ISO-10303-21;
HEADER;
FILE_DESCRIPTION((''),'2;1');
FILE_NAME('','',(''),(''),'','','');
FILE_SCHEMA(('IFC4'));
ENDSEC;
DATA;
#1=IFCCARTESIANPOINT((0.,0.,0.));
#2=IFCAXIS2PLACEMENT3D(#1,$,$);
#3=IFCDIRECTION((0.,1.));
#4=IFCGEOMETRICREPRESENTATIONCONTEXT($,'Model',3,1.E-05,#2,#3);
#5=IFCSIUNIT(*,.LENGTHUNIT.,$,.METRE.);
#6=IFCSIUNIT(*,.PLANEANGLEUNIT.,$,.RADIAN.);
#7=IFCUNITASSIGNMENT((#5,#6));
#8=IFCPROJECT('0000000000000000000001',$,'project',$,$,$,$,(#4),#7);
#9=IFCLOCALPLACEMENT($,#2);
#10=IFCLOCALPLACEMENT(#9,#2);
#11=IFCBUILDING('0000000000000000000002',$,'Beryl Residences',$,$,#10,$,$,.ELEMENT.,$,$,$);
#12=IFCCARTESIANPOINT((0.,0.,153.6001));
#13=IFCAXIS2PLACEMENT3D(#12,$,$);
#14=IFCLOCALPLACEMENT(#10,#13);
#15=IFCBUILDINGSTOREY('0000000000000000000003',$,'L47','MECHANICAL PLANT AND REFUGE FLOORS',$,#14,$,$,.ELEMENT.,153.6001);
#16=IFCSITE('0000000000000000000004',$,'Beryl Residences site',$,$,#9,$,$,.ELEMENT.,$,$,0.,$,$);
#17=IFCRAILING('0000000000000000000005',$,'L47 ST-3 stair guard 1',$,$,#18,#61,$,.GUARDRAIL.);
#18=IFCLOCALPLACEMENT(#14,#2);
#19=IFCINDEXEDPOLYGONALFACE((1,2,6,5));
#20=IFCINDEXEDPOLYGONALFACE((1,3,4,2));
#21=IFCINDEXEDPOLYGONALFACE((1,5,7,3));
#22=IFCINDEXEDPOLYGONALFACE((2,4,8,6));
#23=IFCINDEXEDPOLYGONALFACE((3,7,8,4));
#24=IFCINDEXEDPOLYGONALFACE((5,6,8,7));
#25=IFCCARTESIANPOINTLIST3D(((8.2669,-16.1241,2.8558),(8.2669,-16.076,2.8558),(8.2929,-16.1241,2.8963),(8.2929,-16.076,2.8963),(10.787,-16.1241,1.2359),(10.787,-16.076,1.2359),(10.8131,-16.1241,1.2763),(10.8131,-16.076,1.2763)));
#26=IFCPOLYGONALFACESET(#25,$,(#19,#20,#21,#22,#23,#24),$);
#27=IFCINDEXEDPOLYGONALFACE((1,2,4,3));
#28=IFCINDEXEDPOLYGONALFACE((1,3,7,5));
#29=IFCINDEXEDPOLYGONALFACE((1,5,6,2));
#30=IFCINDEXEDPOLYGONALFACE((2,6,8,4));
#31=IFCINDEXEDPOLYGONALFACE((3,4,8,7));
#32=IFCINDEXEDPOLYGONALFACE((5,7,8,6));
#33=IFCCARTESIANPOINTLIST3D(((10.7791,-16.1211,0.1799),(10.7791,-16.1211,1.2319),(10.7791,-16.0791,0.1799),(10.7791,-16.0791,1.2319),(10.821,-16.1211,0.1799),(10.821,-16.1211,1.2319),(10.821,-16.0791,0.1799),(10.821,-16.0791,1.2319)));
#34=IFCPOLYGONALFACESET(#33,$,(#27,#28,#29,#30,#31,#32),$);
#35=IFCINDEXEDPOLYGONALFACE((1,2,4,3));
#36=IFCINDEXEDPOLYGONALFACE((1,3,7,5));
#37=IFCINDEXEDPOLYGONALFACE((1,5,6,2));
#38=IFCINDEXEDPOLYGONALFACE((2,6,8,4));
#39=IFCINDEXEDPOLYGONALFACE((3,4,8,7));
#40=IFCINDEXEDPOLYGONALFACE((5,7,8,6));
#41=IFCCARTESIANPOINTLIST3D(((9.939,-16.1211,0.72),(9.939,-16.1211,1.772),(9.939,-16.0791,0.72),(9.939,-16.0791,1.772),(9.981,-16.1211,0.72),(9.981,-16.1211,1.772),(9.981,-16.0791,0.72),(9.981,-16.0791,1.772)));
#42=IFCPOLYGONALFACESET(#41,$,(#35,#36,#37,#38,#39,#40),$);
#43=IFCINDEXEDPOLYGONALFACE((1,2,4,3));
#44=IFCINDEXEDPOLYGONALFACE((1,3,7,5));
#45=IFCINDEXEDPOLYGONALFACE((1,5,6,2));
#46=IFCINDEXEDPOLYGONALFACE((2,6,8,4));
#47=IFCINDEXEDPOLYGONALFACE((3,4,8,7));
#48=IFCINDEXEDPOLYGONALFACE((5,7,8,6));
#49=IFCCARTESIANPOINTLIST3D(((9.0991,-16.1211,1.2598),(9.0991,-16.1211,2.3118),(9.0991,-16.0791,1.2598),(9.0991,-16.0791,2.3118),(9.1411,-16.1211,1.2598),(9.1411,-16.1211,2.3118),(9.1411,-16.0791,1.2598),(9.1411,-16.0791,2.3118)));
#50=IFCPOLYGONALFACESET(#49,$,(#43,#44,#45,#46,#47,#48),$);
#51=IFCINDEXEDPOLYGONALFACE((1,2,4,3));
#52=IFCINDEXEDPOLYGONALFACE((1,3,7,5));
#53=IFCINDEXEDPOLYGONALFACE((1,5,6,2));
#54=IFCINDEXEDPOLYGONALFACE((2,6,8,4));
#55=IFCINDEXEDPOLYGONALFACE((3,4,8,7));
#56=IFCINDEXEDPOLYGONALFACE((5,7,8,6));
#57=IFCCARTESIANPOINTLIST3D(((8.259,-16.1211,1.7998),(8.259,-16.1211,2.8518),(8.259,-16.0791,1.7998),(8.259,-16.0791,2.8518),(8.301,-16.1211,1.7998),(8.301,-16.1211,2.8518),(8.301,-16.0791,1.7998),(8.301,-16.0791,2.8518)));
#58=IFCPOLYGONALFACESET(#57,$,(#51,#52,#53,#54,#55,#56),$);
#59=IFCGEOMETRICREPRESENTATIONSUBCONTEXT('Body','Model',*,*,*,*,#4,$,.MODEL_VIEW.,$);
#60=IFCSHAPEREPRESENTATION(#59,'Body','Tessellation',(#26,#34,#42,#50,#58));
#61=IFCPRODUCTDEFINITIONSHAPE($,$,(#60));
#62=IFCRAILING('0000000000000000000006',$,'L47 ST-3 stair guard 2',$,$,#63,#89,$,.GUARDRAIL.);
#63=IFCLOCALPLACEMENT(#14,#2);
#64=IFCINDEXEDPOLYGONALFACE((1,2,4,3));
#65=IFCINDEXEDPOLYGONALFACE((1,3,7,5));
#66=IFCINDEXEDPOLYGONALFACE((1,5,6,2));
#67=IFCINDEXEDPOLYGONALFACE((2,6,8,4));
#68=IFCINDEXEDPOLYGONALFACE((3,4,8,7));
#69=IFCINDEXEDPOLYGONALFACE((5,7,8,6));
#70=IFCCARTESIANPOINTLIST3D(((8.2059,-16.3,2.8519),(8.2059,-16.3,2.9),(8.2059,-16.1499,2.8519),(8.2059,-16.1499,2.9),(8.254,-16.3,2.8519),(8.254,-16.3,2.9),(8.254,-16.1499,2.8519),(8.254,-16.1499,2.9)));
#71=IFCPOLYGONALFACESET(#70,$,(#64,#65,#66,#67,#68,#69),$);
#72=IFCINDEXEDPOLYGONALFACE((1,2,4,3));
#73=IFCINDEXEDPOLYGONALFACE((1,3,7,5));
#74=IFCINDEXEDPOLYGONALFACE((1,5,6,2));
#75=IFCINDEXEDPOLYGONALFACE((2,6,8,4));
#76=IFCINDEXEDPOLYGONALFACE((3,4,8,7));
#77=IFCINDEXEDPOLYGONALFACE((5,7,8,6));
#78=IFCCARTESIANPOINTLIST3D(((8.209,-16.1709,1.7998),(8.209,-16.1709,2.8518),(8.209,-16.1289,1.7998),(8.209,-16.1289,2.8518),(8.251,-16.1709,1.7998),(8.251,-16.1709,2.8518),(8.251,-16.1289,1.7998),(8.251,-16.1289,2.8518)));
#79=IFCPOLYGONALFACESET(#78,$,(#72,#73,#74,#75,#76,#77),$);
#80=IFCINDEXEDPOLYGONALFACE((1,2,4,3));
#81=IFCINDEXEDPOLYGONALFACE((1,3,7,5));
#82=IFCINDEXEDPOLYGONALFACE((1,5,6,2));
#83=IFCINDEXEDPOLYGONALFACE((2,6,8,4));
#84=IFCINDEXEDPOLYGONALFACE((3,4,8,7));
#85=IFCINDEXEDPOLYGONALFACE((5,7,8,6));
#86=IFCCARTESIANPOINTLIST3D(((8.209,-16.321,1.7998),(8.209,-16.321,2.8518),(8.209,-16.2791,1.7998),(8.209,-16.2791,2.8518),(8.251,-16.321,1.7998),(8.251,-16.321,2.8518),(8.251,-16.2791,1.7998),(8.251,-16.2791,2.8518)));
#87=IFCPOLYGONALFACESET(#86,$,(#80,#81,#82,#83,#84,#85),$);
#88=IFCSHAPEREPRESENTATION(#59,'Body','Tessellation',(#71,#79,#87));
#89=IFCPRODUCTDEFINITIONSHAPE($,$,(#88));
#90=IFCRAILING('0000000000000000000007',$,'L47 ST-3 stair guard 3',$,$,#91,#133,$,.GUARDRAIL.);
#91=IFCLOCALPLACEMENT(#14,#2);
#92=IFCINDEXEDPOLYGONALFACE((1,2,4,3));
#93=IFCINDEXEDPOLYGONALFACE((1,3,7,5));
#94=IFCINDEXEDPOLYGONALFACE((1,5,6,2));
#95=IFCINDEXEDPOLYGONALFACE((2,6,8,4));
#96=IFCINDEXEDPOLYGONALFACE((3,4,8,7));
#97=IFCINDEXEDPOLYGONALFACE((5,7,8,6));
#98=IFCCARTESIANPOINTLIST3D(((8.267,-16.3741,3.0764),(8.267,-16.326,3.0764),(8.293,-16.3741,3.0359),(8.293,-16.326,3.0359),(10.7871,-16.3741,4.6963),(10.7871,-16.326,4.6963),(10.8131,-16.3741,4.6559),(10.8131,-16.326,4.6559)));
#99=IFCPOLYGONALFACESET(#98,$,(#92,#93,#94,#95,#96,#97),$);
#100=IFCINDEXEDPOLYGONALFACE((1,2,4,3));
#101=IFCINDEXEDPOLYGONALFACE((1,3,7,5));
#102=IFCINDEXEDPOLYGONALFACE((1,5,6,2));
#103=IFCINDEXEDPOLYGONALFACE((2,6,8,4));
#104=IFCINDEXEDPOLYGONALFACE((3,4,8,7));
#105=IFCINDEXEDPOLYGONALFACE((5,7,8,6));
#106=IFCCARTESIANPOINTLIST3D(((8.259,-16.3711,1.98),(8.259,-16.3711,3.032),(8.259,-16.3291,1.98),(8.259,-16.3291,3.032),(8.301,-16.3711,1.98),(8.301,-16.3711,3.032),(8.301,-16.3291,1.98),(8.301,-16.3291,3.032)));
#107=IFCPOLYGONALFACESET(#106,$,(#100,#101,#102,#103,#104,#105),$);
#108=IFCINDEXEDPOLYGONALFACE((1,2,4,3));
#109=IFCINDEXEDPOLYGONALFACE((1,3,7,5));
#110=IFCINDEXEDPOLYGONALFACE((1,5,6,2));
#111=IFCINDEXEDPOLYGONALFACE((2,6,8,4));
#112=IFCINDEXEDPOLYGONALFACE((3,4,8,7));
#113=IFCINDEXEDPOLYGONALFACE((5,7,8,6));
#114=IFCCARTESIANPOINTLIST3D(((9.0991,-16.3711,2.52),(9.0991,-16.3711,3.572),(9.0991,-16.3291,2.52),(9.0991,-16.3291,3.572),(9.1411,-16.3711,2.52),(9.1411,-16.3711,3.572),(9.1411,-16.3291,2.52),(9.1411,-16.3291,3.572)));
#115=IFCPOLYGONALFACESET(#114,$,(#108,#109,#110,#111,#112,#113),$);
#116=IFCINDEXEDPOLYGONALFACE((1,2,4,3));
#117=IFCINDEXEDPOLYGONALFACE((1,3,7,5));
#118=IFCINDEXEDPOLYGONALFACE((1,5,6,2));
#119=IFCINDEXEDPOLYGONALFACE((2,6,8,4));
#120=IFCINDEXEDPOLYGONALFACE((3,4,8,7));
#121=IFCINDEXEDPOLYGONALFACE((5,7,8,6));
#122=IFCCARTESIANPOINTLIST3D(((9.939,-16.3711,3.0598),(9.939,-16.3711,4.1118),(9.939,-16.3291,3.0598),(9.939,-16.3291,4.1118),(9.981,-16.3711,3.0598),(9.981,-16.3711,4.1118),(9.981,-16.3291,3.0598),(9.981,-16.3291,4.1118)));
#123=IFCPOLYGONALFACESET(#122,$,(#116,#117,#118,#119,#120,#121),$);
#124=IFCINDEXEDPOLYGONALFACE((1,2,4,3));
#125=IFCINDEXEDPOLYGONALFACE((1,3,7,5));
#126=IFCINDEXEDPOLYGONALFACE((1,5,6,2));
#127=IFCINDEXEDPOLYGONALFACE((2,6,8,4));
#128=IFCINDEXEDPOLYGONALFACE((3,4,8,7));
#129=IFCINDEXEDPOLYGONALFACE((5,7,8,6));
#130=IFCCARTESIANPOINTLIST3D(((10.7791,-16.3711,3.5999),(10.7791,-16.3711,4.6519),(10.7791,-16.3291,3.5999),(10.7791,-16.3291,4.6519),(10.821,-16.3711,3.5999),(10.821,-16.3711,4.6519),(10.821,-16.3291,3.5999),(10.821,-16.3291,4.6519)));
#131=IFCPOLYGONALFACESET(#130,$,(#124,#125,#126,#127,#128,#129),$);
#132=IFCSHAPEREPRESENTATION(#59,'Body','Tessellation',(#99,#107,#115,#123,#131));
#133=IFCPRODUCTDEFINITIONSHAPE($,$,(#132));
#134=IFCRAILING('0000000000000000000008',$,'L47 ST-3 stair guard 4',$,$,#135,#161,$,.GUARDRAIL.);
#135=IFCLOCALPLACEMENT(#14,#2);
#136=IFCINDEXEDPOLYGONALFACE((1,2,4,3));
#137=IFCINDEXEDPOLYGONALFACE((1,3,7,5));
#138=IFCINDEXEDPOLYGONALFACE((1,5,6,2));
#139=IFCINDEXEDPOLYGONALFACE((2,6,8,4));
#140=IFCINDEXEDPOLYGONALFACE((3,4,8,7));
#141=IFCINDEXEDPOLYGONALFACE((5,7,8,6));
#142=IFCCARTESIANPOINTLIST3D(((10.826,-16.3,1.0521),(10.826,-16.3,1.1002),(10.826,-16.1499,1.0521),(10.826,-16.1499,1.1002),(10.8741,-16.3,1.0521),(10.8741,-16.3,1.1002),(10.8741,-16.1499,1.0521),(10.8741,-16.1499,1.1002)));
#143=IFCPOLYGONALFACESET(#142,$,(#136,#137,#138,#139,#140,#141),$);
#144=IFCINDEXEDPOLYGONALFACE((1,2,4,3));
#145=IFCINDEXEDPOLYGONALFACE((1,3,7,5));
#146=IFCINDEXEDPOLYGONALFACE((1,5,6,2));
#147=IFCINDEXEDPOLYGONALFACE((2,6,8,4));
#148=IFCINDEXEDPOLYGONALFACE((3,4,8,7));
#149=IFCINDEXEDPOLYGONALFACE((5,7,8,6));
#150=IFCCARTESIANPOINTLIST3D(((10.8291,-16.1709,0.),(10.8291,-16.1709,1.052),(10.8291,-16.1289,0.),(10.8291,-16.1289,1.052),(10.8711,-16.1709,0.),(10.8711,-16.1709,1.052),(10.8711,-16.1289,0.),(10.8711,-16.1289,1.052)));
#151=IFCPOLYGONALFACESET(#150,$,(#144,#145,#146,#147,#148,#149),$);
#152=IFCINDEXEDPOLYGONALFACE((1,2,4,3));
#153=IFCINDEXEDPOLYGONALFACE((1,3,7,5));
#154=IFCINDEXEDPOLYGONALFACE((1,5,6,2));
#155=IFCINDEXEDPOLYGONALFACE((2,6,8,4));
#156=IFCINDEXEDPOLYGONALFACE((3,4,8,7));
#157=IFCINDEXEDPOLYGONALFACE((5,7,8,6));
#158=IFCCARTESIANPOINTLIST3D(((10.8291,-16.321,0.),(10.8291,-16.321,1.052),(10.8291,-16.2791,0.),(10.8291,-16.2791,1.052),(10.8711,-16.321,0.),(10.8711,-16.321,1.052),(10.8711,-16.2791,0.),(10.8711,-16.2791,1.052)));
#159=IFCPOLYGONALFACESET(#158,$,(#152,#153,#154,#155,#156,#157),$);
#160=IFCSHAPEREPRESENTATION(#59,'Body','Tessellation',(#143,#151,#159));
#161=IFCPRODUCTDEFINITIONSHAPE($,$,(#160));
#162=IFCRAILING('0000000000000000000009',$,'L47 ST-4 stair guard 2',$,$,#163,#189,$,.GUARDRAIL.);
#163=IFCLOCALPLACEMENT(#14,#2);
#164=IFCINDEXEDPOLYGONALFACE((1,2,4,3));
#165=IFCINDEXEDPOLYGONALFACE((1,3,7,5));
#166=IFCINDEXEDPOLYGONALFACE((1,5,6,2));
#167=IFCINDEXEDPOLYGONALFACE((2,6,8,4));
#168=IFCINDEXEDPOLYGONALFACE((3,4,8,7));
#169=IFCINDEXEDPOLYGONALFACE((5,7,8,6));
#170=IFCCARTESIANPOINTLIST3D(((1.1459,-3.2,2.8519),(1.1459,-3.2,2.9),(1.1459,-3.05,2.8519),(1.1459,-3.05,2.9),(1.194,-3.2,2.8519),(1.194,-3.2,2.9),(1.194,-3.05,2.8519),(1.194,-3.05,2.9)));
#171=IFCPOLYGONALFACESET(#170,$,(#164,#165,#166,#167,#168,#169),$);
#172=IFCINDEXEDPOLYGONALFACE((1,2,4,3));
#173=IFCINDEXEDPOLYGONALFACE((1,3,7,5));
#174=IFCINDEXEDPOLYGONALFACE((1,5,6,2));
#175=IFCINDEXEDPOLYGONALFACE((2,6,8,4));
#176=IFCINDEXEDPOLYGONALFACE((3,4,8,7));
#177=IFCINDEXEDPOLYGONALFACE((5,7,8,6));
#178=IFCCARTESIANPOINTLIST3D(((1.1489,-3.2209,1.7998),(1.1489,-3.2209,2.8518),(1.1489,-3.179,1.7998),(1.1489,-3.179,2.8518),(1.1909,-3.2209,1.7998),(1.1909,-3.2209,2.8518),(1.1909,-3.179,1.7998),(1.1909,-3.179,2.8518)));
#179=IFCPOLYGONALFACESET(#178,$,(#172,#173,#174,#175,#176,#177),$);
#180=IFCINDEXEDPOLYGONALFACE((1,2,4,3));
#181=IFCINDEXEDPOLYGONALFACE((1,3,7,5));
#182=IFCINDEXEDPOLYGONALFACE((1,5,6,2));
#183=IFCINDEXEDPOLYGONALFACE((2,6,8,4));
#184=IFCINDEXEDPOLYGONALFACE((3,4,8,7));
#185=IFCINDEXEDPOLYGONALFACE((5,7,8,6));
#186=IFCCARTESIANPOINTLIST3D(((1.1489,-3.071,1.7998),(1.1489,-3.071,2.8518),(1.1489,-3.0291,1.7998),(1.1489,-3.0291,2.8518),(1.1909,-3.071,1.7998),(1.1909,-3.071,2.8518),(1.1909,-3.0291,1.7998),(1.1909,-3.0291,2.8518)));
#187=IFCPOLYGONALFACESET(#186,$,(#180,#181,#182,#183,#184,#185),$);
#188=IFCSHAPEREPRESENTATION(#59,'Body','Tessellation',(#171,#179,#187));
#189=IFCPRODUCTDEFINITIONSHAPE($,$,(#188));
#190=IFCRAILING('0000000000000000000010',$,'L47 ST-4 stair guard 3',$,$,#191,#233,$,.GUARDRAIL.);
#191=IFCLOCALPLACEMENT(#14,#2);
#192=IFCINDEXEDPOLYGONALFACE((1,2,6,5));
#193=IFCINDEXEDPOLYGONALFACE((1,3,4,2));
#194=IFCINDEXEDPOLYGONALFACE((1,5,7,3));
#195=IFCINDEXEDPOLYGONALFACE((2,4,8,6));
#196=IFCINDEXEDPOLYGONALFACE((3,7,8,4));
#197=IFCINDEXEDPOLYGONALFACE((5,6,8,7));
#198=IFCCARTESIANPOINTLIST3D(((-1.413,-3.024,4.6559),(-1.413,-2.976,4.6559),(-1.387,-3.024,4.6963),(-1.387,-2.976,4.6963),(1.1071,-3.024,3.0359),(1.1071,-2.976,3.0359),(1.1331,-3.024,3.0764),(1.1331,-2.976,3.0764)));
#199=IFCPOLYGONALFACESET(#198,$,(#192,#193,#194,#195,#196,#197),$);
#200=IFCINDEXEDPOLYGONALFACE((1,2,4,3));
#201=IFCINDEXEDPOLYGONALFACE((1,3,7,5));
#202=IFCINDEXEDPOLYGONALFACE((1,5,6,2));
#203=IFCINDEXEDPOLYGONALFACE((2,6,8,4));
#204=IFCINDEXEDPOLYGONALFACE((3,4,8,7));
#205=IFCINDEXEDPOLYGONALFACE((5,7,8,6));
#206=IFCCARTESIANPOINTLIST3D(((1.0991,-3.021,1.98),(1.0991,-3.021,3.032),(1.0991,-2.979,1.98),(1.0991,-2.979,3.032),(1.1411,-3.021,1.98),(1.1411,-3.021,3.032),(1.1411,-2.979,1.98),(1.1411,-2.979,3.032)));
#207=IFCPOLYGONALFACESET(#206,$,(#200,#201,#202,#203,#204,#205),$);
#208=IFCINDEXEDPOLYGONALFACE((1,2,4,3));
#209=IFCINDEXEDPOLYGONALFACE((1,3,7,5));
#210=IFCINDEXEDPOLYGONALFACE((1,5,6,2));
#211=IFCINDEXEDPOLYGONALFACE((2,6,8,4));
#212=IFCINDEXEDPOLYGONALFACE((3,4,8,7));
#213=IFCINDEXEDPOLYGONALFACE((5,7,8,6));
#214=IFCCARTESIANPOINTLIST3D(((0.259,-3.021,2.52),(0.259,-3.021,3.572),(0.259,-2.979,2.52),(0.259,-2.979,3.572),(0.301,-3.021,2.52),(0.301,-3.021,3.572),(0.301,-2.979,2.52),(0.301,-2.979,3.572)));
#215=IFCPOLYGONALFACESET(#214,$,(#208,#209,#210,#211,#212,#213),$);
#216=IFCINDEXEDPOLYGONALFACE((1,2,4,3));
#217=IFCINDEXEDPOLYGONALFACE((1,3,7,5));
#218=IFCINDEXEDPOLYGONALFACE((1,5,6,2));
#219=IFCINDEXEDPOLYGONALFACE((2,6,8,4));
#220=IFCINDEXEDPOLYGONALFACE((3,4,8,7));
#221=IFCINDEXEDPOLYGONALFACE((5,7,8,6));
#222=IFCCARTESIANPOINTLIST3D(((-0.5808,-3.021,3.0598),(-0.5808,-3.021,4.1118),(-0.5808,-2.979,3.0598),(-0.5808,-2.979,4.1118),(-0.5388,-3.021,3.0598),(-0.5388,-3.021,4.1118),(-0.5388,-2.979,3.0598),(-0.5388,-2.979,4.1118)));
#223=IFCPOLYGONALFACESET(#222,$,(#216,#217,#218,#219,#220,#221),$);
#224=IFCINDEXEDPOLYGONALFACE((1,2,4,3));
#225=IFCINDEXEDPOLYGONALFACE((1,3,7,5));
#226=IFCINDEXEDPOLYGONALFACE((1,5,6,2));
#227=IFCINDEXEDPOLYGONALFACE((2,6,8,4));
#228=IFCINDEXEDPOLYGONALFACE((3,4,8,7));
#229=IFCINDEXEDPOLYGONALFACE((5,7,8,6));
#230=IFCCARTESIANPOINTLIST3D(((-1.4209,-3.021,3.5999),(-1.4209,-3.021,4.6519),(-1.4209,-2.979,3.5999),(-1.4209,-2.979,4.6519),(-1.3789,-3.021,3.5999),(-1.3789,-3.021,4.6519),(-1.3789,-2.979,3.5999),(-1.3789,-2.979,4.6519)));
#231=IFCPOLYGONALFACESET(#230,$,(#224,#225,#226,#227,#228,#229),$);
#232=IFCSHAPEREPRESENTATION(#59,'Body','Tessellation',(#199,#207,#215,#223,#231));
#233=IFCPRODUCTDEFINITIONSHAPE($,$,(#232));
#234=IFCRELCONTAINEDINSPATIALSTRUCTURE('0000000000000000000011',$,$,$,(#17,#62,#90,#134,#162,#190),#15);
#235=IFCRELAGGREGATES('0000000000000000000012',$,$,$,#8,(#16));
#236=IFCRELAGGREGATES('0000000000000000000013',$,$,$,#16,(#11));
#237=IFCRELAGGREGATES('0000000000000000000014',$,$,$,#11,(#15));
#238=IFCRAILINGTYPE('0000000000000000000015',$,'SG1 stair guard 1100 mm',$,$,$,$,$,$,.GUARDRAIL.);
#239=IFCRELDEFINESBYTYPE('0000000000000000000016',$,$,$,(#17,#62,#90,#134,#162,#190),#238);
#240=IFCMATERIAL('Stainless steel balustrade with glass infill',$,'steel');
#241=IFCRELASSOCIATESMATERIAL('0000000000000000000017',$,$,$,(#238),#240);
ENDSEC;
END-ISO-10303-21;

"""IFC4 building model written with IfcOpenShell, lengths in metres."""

from ifc_helpers import new_model, si_unit, direction, frame, origin, origin_2d, place, context, subcontext, project, spatial, rectangle, extrude, material, type_object, element, save


model = new_model("IFC4")

# Units and contexts
model_context = context("Model", 3, precision=1e-05, world=origin(), true_north=direction((0.0, 1.0)))
body_context = subcontext(model_context, "Body", "Model", "MODEL_VIEW")
ifc_project = project(units=[si_unit("LENGTHUNIT", "METRE"), si_unit("PLANEANGLEUNIT", "RADIAN")], contexts=[model_context])

# Site, building, storey
site_placement = place(None, origin())
site = spatial("IfcSite", under=ifc_project, at=site_placement, Name="Beryl Residences site", CompositionType="ELEMENT", RefElevation=0.0)
building_placement = place(site_placement, origin())
building = spatial("IfcBuilding", under=site, at=building_placement, Name="Beryl Residences", CompositionType="ELEMENT")
storey_placement = place(building_placement, frame((0.0, 0.0, 153.6001)))
storey = spatial("IfcBuildingStorey", under=building, at=storey_placement, Name="L47", Description="MECHANICAL PLANT AND REFUGE FLOORS", CompositionType="ELEMENT", Elevation=153.6001)

# Railings
ifc_material_1 = material(Name="Stainless steel balustrade with glass infill", Category="steel")
railing_type_1 = type_object("IfcRailingType", Name="SG1 stair guard 1100 mm", PredefinedType="GUARDRAIL", material=ifc_material_1)
railing_1_placement = place(storey_placement, frame((10.8, -16.1001, 0.1799)))
element("IfcRailing", 1, at=railing_1_placement, inside=storey, type_object=railing_type_1, Name="L47 ST-3 stair guard 1", PredefinedType="GUARDRAIL", context=body_context, shape_type="SweptSolid", body=[
    extrude(rectangle(XDim=0.0481, YDim=0.0481, at=origin_2d()), frame((0.0, 0.0, 1.0762), z_axis=(-0.8412, 0.0, 0.540725), x_axis=(0.0, -1.0, 0.0)), (0.0, 0.0, 1.0), 2.9958),
    extrude(rectangle(XDim=0.042, YDim=0.042, at=origin_2d()), origin(), (0.0, 0.0, 1.0), 1.052),
    extrude(rectangle(XDim=0.042, YDim=0.042, at=origin_2d()), frame((-0.8401, 0.0, 0.54)), (0.0, 0.0, 1.0), 1.052),
    extrude(rectangle(XDim=0.042, YDim=0.042, at=origin_2d()), frame((-1.6799, 0.0, 1.0798)), (0.0, 0.0, 1.0), 1.052),
    extrude(rectangle(XDim=0.042, YDim=0.042, at=origin_2d()), frame((-2.52, 0.0, 1.6199)), (0.0, 0.0, 1.0), 1.052),
])
railing_2_placement = place(storey_placement, frame((8.23, -16.1499, 1.7998)))
element("IfcRailing", 2, at=railing_2_placement, inside=storey, type_object=railing_type_1, Name="L47 ST-3 stair guard 2", PredefinedType="GUARDRAIL", context=body_context, shape_type="SweptSolid", body=[
    extrude(rectangle(XDim=0.0481, YDim=0.0481, at=origin_2d()), frame((0.0, 0.0, 1.0762), z_axis=(0.0, -1.0, 0.0), x_axis=(1.0, 0.0, 0.0)), (0.0, 0.0, 1.0), 0.1501),
    extrude(rectangle(XDim=0.042, YDim=0.042, at=origin_2d()), origin(), (0.0, 0.0, 1.0), 1.052),
    extrude(rectangle(XDim=0.042, YDim=0.042, at=origin_2d()), frame((0.0, -0.1501, 0.0)), (0.0, 0.0, 1.0), 1.052),
])
railing_3_placement = place(storey_placement, frame((8.28, -16.3501, 1.98)))
element("IfcRailing", 3, at=railing_3_placement, inside=storey, type_object=railing_type_1, Name="L47 ST-3 stair guard 3", PredefinedType="GUARDRAIL", context=body_context, shape_type="SweptSolid", body=[
    extrude(rectangle(XDim=0.0481, YDim=0.0481, at=origin_2d()), frame((0.0, 0.0, 1.0762), z_axis=(0.8412, 0.0, 0.540725), x_axis=(0.0, 1.0, 0.0)), (0.0, 0.0, 1.0), 2.9958),
    extrude(rectangle(XDim=0.042, YDim=0.042, at=origin_2d()), origin(), (0.0, 0.0, 1.0), 1.052),
    extrude(rectangle(XDim=0.042, YDim=0.042, at=origin_2d()), frame((0.8401, 0.0, 0.54)), (0.0, 0.0, 1.0), 1.052),
    extrude(rectangle(XDim=0.042, YDim=0.042, at=origin_2d()), frame((1.6799, 0.0, 1.0798)), (0.0, 0.0, 1.0), 1.052),
    extrude(rectangle(XDim=0.042, YDim=0.042, at=origin_2d()), frame((2.52, 0.0, 1.6199)), (0.0, 0.0, 1.0), 1.052),
])
railing_4_placement = place(storey_placement, frame((10.8501, -16.1499, 0.0)))
element("IfcRailing", 4, at=railing_4_placement, inside=storey, type_object=railing_type_1, Name="L47 ST-3 stair guard 4", PredefinedType="GUARDRAIL", context=body_context, shape_type="SweptSolid", body=[
    extrude(rectangle(XDim=0.0481, YDim=0.0481, at=origin_2d()), frame((0.0, 0.0, 1.0762), z_axis=(0.0, -1.0, 0.0), x_axis=(1.0, 0.0, 0.0)), (0.0, 0.0, 1.0), 0.1501),
    extrude(rectangle(XDim=0.042, YDim=0.042, at=origin_2d()), origin(), (0.0, 0.0, 1.0), 1.052),
    extrude(rectangle(XDim=0.042, YDim=0.042, at=origin_2d()), frame((0.0, -0.1501, 0.0)), (0.0, 0.0, 1.0), 1.052),
])
railing_5_placement = place(storey_placement, frame((1.1699, -3.2, 1.7998)))
element("IfcRailing", 5, at=railing_5_placement, inside=storey, type_object=railing_type_1, Name="L47 ST-4 stair guard 2", PredefinedType="GUARDRAIL", context=body_context, shape_type="SweptSolid", body=[
    extrude(rectangle(XDim=0.0481, YDim=0.0481, at=origin_2d()), frame((0.0, 0.0, 1.0762), z_axis=(0.0, 1.0, 0.0), x_axis=(-1.0, 0.0, 0.0)), (0.0, 0.0, 1.0), 0.1499),
    extrude(rectangle(XDim=0.042, YDim=0.042, at=origin_2d()), origin(), (0.0, 0.0, 1.0), 1.052),
    extrude(rectangle(XDim=0.042, YDim=0.042, at=origin_2d()), frame((0.0, 0.1499, 0.0)), (0.0, 0.0, 1.0), 1.052),
])
railing_6_placement = place(storey_placement, frame((1.1201, -3.0, 1.98)))
element("IfcRailing", 6, at=railing_6_placement, inside=storey, type_object=railing_type_1, Name="L47 ST-4 stair guard 3", PredefinedType="GUARDRAIL", context=body_context, shape_type="SweptSolid", body=[
    extrude(rectangle(XDim=0.0481, YDim=0.0481, at=origin_2d()), frame((0.0, 0.0, 1.0762), z_axis=(-0.8412, 0.0, 0.540725), x_axis=(0.0, -1.0, 0.0)), (0.0, 0.0, 1.0), 2.9958),
    extrude(rectangle(XDim=0.042, YDim=0.042, at=origin_2d()), origin(), (0.0, 0.0, 1.0), 1.052),
    extrude(rectangle(XDim=0.042, YDim=0.042, at=origin_2d()), frame((-0.8401, 0.0, 0.54)), (0.0, 0.0, 1.0), 1.052),
    extrude(rectangle(XDim=0.042, YDim=0.042, at=origin_2d()), frame((-1.6799, 0.0, 1.0798)), (0.0, 0.0, 1.0), 1.052),
    extrude(rectangle(XDim=0.042, YDim=0.042, at=origin_2d()), frame((-2.52, 0.0, 1.6199)), (0.0, 0.0, 1.0), 1.052),
])

save(model, "model.ifc")
